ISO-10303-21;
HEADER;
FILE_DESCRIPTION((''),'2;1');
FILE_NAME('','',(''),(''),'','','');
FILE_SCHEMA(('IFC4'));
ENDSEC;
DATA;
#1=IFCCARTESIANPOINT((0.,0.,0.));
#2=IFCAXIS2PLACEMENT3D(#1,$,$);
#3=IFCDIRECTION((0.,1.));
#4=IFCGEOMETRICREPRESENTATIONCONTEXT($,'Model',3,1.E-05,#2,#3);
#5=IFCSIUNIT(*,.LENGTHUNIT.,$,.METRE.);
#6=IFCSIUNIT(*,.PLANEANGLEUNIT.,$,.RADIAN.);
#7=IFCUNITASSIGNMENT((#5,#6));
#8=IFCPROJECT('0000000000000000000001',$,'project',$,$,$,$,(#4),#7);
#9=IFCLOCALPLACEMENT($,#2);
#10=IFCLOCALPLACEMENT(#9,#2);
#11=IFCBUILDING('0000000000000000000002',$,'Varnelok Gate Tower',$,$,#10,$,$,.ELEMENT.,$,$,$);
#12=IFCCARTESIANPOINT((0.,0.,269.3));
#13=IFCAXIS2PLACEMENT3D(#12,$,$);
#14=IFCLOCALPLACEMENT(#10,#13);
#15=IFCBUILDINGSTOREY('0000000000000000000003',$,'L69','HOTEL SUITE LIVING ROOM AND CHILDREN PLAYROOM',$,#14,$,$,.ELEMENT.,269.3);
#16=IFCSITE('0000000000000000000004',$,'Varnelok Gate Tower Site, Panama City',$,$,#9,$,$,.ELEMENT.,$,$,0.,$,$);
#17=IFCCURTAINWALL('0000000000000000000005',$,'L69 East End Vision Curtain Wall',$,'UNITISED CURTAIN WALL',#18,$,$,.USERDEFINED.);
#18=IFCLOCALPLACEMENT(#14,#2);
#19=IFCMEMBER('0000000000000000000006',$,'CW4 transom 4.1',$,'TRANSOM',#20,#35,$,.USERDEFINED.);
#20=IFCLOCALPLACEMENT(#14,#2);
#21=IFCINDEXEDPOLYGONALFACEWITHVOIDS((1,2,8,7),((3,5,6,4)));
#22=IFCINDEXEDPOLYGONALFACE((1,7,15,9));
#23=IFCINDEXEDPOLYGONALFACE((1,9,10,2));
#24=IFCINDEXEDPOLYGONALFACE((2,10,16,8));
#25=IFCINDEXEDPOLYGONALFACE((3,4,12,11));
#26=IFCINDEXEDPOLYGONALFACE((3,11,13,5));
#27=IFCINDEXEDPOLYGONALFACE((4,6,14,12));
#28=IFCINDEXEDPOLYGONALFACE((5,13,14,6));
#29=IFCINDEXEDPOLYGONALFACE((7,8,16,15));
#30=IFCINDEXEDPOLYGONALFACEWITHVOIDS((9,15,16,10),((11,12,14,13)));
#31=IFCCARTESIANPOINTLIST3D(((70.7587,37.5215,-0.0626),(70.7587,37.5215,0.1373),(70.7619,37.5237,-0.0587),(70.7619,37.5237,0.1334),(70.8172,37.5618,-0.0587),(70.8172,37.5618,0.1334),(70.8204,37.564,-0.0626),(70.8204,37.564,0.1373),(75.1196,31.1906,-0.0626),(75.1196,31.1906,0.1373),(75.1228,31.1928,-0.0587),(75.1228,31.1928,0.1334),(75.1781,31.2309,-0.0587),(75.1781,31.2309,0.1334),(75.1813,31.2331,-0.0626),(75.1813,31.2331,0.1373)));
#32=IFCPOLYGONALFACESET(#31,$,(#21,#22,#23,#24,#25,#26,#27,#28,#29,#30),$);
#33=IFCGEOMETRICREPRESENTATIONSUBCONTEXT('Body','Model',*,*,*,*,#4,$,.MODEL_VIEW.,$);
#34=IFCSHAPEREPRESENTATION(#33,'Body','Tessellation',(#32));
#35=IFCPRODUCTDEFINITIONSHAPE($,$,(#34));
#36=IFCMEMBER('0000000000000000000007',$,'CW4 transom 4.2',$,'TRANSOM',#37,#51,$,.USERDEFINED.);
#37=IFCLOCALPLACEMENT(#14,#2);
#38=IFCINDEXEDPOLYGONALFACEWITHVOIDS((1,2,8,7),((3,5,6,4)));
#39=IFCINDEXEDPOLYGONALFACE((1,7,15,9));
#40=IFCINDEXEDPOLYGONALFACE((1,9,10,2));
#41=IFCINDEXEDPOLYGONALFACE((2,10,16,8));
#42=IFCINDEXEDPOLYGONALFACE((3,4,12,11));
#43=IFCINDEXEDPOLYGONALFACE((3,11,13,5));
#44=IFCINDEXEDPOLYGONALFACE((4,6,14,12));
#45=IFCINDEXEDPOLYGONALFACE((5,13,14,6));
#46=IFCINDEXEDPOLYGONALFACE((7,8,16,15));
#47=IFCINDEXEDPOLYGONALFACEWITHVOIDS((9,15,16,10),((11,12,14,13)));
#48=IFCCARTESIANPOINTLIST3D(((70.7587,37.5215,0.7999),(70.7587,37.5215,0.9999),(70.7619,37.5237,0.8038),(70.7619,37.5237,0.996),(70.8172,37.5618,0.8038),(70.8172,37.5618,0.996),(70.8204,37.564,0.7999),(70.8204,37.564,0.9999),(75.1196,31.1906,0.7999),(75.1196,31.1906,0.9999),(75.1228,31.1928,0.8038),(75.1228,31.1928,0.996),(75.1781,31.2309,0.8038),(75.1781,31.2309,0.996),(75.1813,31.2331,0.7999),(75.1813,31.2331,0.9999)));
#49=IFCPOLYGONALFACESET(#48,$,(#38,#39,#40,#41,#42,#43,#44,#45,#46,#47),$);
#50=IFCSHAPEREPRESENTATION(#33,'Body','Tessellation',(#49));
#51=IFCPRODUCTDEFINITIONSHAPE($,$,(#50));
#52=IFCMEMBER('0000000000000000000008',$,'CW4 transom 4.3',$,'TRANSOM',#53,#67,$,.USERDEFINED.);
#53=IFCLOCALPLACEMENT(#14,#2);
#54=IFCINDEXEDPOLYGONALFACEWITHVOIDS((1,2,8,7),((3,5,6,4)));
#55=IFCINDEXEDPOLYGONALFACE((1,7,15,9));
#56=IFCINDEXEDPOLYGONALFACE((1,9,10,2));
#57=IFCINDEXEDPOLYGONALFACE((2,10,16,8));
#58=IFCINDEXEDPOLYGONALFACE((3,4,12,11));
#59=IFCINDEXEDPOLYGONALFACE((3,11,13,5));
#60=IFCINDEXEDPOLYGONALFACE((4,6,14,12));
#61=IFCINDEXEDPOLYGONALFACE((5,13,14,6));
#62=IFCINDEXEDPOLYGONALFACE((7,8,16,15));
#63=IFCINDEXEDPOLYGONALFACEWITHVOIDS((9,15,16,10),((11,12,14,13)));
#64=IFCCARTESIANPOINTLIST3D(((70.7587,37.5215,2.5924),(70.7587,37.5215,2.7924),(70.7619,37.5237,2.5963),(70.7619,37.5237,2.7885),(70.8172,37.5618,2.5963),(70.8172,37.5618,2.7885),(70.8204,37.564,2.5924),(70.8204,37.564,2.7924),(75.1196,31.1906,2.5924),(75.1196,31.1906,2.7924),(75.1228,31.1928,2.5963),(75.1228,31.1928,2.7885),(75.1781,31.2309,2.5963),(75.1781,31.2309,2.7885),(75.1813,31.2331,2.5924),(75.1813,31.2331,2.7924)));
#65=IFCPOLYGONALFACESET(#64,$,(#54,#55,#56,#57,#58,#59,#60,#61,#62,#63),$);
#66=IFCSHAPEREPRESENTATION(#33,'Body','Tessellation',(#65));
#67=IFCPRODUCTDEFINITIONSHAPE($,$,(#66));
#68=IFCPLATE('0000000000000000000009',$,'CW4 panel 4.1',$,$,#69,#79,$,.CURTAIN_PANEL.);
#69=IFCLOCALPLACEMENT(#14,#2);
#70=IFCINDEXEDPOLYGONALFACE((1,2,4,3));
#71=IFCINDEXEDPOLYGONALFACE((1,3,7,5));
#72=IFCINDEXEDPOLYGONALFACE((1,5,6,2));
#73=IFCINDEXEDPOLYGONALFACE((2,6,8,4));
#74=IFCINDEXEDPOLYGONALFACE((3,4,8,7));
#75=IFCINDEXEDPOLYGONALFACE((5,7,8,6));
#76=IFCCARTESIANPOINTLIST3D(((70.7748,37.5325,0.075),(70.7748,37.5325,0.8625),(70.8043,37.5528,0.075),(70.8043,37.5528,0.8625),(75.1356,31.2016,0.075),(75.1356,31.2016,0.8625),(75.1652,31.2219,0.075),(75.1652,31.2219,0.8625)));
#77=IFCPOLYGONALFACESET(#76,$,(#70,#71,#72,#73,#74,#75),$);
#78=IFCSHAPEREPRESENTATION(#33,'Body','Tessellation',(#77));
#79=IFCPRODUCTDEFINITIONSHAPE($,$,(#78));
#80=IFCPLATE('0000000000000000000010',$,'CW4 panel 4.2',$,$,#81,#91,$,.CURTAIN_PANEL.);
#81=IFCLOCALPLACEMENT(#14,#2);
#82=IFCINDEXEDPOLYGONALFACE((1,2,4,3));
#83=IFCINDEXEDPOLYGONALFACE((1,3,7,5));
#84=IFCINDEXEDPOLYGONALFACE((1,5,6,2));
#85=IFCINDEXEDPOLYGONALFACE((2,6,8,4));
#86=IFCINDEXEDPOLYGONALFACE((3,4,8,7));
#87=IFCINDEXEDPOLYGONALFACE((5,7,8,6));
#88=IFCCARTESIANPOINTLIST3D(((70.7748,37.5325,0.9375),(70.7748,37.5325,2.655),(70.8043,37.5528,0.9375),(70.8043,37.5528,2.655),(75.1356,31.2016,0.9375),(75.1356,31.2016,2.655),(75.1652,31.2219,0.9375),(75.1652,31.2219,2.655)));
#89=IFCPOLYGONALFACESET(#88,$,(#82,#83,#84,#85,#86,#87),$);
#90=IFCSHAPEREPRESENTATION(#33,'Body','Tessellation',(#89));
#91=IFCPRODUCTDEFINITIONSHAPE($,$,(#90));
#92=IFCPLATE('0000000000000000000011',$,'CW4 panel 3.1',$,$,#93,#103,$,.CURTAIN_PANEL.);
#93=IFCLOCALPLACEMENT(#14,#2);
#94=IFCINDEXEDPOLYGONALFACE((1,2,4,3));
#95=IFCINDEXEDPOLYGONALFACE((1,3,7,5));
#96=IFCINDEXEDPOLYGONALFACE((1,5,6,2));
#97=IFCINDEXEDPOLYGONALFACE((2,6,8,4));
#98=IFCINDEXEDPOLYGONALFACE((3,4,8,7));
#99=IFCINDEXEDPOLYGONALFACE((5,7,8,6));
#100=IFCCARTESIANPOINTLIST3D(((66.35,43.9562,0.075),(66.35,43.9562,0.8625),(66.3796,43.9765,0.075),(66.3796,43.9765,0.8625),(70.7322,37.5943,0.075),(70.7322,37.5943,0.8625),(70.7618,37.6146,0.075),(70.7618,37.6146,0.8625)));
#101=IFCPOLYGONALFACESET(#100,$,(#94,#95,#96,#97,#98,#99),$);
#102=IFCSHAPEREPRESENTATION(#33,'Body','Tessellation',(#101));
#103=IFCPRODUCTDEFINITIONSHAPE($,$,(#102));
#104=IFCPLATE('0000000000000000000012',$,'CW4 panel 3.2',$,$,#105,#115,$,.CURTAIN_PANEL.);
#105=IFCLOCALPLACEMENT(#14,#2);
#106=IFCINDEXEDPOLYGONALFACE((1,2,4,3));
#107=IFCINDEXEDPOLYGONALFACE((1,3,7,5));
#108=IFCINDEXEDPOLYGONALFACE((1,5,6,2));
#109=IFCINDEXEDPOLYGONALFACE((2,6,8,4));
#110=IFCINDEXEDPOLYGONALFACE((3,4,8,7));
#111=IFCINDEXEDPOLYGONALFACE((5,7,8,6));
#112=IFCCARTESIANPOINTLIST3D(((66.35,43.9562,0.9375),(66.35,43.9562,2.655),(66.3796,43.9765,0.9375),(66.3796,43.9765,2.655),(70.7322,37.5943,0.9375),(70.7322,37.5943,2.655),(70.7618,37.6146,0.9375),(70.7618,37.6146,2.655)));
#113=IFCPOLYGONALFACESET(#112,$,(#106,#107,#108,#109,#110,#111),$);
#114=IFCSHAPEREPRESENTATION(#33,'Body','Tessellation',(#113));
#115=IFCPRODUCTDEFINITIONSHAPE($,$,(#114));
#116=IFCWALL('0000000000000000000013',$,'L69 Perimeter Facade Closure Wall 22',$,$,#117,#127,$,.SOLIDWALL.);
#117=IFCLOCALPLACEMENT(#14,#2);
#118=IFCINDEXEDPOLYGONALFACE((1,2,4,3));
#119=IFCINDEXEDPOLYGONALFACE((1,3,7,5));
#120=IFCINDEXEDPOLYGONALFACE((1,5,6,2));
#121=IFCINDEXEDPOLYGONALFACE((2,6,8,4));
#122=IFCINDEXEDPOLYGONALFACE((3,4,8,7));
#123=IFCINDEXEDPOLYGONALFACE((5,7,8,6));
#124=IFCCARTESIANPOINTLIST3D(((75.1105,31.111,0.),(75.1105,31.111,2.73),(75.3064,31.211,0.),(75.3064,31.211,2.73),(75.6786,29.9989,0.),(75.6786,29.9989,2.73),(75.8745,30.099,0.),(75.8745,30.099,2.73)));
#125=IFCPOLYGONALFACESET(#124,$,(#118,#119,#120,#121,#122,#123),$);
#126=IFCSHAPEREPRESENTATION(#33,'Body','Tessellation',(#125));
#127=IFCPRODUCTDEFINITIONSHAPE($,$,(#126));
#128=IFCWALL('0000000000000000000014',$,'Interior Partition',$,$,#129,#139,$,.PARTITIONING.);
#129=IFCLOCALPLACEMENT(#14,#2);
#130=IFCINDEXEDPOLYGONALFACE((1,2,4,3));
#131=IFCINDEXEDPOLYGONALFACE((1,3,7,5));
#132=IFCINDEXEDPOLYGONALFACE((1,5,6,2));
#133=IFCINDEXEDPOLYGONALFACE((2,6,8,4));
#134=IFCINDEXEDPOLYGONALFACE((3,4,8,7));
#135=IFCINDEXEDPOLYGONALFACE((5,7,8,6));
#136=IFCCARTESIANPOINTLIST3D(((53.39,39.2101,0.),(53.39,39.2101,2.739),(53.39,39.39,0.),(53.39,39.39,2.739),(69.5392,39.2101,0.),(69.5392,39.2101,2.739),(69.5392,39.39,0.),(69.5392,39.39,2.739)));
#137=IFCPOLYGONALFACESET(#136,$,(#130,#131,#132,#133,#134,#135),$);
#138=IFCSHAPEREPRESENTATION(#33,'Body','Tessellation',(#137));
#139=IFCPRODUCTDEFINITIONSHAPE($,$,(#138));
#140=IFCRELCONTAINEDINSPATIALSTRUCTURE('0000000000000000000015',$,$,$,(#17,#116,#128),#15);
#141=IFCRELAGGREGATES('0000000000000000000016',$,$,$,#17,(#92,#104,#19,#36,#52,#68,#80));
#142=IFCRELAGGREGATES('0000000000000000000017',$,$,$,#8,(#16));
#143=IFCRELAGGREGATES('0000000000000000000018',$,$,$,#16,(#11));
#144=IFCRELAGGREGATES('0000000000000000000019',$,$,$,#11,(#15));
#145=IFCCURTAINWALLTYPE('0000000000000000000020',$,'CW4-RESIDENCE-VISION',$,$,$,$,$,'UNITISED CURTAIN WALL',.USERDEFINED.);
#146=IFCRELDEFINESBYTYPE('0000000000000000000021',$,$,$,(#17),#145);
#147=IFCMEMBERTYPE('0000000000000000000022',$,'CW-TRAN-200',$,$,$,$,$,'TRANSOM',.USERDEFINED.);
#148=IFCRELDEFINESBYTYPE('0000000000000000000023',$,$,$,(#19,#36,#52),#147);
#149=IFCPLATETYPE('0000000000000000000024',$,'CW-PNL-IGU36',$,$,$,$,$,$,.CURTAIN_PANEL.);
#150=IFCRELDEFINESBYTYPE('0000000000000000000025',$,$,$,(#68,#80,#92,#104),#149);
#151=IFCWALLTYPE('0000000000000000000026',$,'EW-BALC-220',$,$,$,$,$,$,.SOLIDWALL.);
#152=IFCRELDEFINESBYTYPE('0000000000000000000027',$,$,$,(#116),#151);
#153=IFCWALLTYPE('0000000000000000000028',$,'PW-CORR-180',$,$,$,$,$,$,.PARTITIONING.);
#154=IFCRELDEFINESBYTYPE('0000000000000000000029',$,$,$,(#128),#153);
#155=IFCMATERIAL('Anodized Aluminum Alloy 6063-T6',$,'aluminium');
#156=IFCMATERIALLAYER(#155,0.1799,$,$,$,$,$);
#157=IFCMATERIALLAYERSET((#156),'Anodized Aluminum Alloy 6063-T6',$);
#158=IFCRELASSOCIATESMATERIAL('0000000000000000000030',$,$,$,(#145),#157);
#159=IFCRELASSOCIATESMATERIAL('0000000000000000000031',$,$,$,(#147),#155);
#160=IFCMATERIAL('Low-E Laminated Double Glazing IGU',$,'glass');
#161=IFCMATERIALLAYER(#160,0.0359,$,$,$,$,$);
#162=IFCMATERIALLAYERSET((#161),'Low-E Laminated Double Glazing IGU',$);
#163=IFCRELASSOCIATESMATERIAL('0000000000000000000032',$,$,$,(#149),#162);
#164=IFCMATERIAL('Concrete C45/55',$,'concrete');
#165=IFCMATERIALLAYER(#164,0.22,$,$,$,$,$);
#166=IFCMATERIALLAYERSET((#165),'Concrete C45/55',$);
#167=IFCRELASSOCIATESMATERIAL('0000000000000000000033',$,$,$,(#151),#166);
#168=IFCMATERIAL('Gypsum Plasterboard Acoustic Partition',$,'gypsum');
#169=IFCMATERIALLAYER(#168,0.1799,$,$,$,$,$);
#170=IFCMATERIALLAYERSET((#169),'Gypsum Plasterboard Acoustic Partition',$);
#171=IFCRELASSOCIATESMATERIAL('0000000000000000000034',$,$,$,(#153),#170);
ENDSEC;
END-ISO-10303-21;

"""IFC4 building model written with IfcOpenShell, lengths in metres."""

from ifc_helpers import new_model, si_unit, direction, frame, frame_2d, origin, origin_2d, place, context, subcontext, project, spatial, rectangle, hollow_rectangle, extrude, source, transform, mapped, material, layer, layer_set, material_profile, profile_set, type_object, element, aggregate, save


model = new_model("IFC4")

# Units and contexts
model_context = context("Model", 3, precision=1e-05, world=origin(), true_north=direction((0.0, 1.0)))
body_context = subcontext(model_context, "Body", "Model", "MODEL_VIEW")
ifc_project = project(units=[si_unit("LENGTHUNIT", "METRE"), si_unit("PLANEANGLEUNIT", "RADIAN")], contexts=[model_context])

# Site, building, storey
site_placement = place(None, origin())
site = spatial("IfcSite", under=ifc_project, at=site_placement, Name="Varnelok Gate Tower Site, Panama City", CompositionType="ELEMENT", RefElevation=0.0)
building_placement = place(site_placement, origin())
building = spatial("IfcBuilding", under=site, at=building_placement, Name="Varnelok Gate Tower", CompositionType="ELEMENT")
storey_placement = place(building_placement, frame((0.0, 0.0, 269.3)))
storey = spatial("IfcBuildingStorey", under=building, at=storey_placement, Name="L69", Description="HOTEL SUITE LIVING ROOM AND CHILDREN PLAYROOM", CompositionType="ELEMENT", Elevation=269.3)

# Curtain wall, members, plates
ifc_material_1 = material(Name="Anodized Aluminum Alloy 6063-T6", Category="aluminium")
ifc_layer_1 = layer(ifc_material_1, 0.1799)
ifc_layer_set_1 = layer_set([ifc_layer_1], Name="Anodized Aluminum Alloy 6063-T6")
curtain_wall_type = type_object("IfcCurtainWallType", Name="CW4-RESIDENCE-VISION", ElementType="UNITISED CURTAIN WALL", PredefinedType="USERDEFINED", material=ifc_layer_set_1)
curtain_wall_placement = place(storey_placement, origin())
curtain_wall = element("IfcCurtainWall", 1, at=curtain_wall_placement, inside=storey, type_object=curtain_wall_type, Name="L69 East End Vision Curtain Wall", ObjectType="UNITISED CURTAIN WALL", PredefinedType="USERDEFINED")
ifc_material_profile_1 = material_profile(ifc_material_1, hollow_rectangle(XDim=0.075, YDim=0.2, WallThickness=0.0039, at=origin_2d()), Name="ALU200X75X4")
ifc_profile_set_1 = profile_set([ifc_material_profile_1], Name="Anodized Aluminum Alloy 6063-T6")
member_type_1 = type_object("IfcMemberType", Name="CW-TRAN-200", ElementType="TRANSOM", PredefinedType="USERDEFINED", material=ifc_profile_set_1)
member_1_placement = place(storey_placement, frame((70.7896, 37.5427, 0.0374), z_axis=(0.567271, -0.823531, 0.0), x_axis=(0.823531, 0.567271, 0.0)))
member_1 = element("IfcMember", 2, at=member_1_placement, type_object=member_type_1, Name="CW4 transom 4.1", ObjectType="TRANSOM", PredefinedType="USERDEFINED", context=body_context, shape_type="SweptSolid", body=[
    extrude(hollow_rectangle(XDim=0.075, YDim=0.2, WallThickness=0.0039, at=origin_2d()), origin(), (0.0, 0.0, 1.0), 7.6875),
])
member_2_placement = place(storey_placement, frame((70.7896, 37.5427, 0.8999), z_axis=(0.567271, -0.823531, 0.0), x_axis=(0.823531, 0.567271, 0.0)))
member_2 = element("IfcMember", 3, at=member_2_placement, type_object=member_type_1, Name="CW4 transom 4.2", ObjectType="TRANSOM", PredefinedType="USERDEFINED", context=body_context, shape_type="SweptSolid", body=[
    extrude(hollow_rectangle(XDim=0.075, YDim=0.2, WallThickness=0.0039, at=origin_2d()), origin(), (0.0, 0.0, 1.0), 7.6875),
])
member_3_placement = place(storey_placement, frame((70.7896, 37.5427, 2.6924), z_axis=(0.567271, -0.823531, 0.0), x_axis=(0.823531, 0.567271, 0.0)))
member_3 = element("IfcMember", 4, at=member_3_placement, type_object=member_type_1, Name="CW4 transom 4.3", ObjectType="TRANSOM", PredefinedType="USERDEFINED", context=body_context, shape_type="SweptSolid", body=[
    extrude(hollow_rectangle(XDim=0.075, YDim=0.2, WallThickness=0.0039, at=origin_2d()), origin(), (0.0, 0.0, 1.0), 7.6875),
])
ifc_material_2 = material(Name="Low-E Laminated Double Glazing IGU", Category="glass")
ifc_layer_2 = layer(ifc_material_2, 0.0359)
ifc_layer_set_2 = layer_set([ifc_layer_2], Name="Low-E Laminated Double Glazing IGU")
plate_type = type_object("IfcPlateType", Name="CW-PNL-IGU36", PredefinedType="CURTAIN_PANEL", material=ifc_layer_set_2)
shared_shape_1 = source(origin(), body_context, "Body", "SweptSolid", [
    extrude(rectangle(XDim=7.6875, YDim=0.0359, at=origin_2d()), origin(), (0.0, 0.0, 1.0), 0.7876),
])
plate_1_placement = place(storey_placement, frame((72.97, 34.3772, 0.075), z_axis=(0.0, 0.0, 1.0), x_axis=(0.567269, -0.823532, 0.0)))
plate_1 = element("IfcPlate", 5, at=plate_1_placement, type_object=plate_type, Name="CW4 panel 4.1", PredefinedType="CURTAIN_PANEL", context=body_context, shape_type="MappedRepresentation", body=[
    mapped(shared_shape_1, transform((0.0, 0.0, 0.0), scale=1.0)),
])
shared_shape_2 = source(origin(), body_context, "Body", "SweptSolid", [
    extrude(rectangle(XDim=7.6875, YDim=0.0359, at=origin_2d()), origin(), (0.0, 0.0, 1.0), 1.7175),
])
plate_2_placement = place(storey_placement, frame((72.97, 34.3772, 0.9375), z_axis=(0.0, 0.0, 1.0), x_axis=(0.567269, -0.823532, 0.0)))
plate_2 = element("IfcPlate", 6, at=plate_2_placement, type_object=plate_type, Name="CW4 panel 4.2", PredefinedType="CURTAIN_PANEL", context=body_context, shape_type="MappedRepresentation", body=[
    mapped(shared_shape_2, transform((0.0, 0.0, 0.0), scale=1.0)),
])
shared_shape_3 = source(origin(), body_context, "Body", "SweptSolid", [
    extrude(rectangle(XDim=7.7251, YDim=0.0359, at=origin_2d()), origin(), (0.0, 0.0, 1.0), 0.7876),
])
plate_3_placement = place(storey_placement, frame((68.5559, 40.7854, 0.075), z_axis=(0.0, 0.0, 1.0), x_axis=(0.567269, -0.823532, 0.0)))
plate_3 = element("IfcPlate", 7, at=plate_3_placement, type_object=plate_type, Name="CW4 panel 3.1", PredefinedType="CURTAIN_PANEL", context=body_context, shape_type="MappedRepresentation", body=[
    mapped(shared_shape_3, transform((0.0, 0.0, 0.0), scale=1.0)),
])
shared_shape_4 = source(origin(), body_context, "Body", "SweptSolid", [
    extrude(rectangle(XDim=7.7251, YDim=0.0359, at=origin_2d()), origin(), (0.0, 0.0, 1.0), 1.7175),
])
plate_4_placement = place(storey_placement, frame((68.5559, 40.7854, 0.9375), z_axis=(0.0, 0.0, 1.0), x_axis=(0.567269, -0.823532, 0.0)))
plate_4 = element("IfcPlate", 8, at=plate_4_placement, type_object=plate_type, Name="CW4 panel 3.2", PredefinedType="CURTAIN_PANEL", context=body_context, shape_type="MappedRepresentation", body=[
    mapped(shared_shape_4, transform((0.0, 0.0, 0.0), scale=1.0)),
])
aggregate(curtain_wall, [plate_3, plate_4, member_1, member_2, member_3, plate_1, plate_2])

# Walls
ifc_material_3 = material(Name="Concrete C45/55", Category="concrete")
ifc_layer_3 = layer(ifc_material_3, 0.22)
ifc_layer_set_3 = layer_set([ifc_layer_3], Name="Concrete C45/55")
wall_type_1 = type_object("IfcWallType", Name="EW-BALC-220", PredefinedType="SOLIDWALL", material=ifc_layer_set_3)
wall_1_placement = place(storey_placement, frame((75.7766, 30.0488, 0.0), z_axis=(0.0, 0.0, 1.0), x_axis=(-0.454939, 0.890523, 0.0)))
element("IfcWall", 9, at=wall_1_placement, inside=storey, type_object=wall_type_1, Name="L69 Perimeter Facade Closure Wall 22", PredefinedType="SOLIDWALL", context=body_context, shape_type="SweptSolid", body=[
    extrude(rectangle(XDim=1.2488, YDim=0.22, at=frame_2d((0.6245, 0.0))), origin(), (0.0, 0.0, 1.0), 2.73),
])
ifc_material_4 = material(Name="Gypsum Plasterboard Acoustic Partition", Category="gypsum")
ifc_layer_4 = layer(ifc_material_4, 0.1799)
ifc_layer_set_4 = layer_set([ifc_layer_4], Name="Gypsum Plasterboard Acoustic Partition")
wall_type_2 = type_object("IfcWallType", Name="PW-CORR-180", PredefinedType="PARTITIONING", material=ifc_layer_set_4)
wall_2_placement = place(storey_placement, frame((53.3899, 39.3, 0.0), z_axis=(0.0, 0.0, 1.0), x_axis=(1.0, 0.0, 0.0)))
element("IfcWall", 10, at=wall_2_placement, inside=storey, type_object=wall_type_2, Name="Interior Partition", PredefinedType="PARTITIONING", context=body_context, shape_type="SweptSolid", body=[
    extrude(rectangle(XDim=16.1492, YDim=0.1799, at=frame_2d((8.0747, 0.0))), origin(), (0.0, 0.0, 1.0), 2.739),
])

save(model, "model.ifc")
